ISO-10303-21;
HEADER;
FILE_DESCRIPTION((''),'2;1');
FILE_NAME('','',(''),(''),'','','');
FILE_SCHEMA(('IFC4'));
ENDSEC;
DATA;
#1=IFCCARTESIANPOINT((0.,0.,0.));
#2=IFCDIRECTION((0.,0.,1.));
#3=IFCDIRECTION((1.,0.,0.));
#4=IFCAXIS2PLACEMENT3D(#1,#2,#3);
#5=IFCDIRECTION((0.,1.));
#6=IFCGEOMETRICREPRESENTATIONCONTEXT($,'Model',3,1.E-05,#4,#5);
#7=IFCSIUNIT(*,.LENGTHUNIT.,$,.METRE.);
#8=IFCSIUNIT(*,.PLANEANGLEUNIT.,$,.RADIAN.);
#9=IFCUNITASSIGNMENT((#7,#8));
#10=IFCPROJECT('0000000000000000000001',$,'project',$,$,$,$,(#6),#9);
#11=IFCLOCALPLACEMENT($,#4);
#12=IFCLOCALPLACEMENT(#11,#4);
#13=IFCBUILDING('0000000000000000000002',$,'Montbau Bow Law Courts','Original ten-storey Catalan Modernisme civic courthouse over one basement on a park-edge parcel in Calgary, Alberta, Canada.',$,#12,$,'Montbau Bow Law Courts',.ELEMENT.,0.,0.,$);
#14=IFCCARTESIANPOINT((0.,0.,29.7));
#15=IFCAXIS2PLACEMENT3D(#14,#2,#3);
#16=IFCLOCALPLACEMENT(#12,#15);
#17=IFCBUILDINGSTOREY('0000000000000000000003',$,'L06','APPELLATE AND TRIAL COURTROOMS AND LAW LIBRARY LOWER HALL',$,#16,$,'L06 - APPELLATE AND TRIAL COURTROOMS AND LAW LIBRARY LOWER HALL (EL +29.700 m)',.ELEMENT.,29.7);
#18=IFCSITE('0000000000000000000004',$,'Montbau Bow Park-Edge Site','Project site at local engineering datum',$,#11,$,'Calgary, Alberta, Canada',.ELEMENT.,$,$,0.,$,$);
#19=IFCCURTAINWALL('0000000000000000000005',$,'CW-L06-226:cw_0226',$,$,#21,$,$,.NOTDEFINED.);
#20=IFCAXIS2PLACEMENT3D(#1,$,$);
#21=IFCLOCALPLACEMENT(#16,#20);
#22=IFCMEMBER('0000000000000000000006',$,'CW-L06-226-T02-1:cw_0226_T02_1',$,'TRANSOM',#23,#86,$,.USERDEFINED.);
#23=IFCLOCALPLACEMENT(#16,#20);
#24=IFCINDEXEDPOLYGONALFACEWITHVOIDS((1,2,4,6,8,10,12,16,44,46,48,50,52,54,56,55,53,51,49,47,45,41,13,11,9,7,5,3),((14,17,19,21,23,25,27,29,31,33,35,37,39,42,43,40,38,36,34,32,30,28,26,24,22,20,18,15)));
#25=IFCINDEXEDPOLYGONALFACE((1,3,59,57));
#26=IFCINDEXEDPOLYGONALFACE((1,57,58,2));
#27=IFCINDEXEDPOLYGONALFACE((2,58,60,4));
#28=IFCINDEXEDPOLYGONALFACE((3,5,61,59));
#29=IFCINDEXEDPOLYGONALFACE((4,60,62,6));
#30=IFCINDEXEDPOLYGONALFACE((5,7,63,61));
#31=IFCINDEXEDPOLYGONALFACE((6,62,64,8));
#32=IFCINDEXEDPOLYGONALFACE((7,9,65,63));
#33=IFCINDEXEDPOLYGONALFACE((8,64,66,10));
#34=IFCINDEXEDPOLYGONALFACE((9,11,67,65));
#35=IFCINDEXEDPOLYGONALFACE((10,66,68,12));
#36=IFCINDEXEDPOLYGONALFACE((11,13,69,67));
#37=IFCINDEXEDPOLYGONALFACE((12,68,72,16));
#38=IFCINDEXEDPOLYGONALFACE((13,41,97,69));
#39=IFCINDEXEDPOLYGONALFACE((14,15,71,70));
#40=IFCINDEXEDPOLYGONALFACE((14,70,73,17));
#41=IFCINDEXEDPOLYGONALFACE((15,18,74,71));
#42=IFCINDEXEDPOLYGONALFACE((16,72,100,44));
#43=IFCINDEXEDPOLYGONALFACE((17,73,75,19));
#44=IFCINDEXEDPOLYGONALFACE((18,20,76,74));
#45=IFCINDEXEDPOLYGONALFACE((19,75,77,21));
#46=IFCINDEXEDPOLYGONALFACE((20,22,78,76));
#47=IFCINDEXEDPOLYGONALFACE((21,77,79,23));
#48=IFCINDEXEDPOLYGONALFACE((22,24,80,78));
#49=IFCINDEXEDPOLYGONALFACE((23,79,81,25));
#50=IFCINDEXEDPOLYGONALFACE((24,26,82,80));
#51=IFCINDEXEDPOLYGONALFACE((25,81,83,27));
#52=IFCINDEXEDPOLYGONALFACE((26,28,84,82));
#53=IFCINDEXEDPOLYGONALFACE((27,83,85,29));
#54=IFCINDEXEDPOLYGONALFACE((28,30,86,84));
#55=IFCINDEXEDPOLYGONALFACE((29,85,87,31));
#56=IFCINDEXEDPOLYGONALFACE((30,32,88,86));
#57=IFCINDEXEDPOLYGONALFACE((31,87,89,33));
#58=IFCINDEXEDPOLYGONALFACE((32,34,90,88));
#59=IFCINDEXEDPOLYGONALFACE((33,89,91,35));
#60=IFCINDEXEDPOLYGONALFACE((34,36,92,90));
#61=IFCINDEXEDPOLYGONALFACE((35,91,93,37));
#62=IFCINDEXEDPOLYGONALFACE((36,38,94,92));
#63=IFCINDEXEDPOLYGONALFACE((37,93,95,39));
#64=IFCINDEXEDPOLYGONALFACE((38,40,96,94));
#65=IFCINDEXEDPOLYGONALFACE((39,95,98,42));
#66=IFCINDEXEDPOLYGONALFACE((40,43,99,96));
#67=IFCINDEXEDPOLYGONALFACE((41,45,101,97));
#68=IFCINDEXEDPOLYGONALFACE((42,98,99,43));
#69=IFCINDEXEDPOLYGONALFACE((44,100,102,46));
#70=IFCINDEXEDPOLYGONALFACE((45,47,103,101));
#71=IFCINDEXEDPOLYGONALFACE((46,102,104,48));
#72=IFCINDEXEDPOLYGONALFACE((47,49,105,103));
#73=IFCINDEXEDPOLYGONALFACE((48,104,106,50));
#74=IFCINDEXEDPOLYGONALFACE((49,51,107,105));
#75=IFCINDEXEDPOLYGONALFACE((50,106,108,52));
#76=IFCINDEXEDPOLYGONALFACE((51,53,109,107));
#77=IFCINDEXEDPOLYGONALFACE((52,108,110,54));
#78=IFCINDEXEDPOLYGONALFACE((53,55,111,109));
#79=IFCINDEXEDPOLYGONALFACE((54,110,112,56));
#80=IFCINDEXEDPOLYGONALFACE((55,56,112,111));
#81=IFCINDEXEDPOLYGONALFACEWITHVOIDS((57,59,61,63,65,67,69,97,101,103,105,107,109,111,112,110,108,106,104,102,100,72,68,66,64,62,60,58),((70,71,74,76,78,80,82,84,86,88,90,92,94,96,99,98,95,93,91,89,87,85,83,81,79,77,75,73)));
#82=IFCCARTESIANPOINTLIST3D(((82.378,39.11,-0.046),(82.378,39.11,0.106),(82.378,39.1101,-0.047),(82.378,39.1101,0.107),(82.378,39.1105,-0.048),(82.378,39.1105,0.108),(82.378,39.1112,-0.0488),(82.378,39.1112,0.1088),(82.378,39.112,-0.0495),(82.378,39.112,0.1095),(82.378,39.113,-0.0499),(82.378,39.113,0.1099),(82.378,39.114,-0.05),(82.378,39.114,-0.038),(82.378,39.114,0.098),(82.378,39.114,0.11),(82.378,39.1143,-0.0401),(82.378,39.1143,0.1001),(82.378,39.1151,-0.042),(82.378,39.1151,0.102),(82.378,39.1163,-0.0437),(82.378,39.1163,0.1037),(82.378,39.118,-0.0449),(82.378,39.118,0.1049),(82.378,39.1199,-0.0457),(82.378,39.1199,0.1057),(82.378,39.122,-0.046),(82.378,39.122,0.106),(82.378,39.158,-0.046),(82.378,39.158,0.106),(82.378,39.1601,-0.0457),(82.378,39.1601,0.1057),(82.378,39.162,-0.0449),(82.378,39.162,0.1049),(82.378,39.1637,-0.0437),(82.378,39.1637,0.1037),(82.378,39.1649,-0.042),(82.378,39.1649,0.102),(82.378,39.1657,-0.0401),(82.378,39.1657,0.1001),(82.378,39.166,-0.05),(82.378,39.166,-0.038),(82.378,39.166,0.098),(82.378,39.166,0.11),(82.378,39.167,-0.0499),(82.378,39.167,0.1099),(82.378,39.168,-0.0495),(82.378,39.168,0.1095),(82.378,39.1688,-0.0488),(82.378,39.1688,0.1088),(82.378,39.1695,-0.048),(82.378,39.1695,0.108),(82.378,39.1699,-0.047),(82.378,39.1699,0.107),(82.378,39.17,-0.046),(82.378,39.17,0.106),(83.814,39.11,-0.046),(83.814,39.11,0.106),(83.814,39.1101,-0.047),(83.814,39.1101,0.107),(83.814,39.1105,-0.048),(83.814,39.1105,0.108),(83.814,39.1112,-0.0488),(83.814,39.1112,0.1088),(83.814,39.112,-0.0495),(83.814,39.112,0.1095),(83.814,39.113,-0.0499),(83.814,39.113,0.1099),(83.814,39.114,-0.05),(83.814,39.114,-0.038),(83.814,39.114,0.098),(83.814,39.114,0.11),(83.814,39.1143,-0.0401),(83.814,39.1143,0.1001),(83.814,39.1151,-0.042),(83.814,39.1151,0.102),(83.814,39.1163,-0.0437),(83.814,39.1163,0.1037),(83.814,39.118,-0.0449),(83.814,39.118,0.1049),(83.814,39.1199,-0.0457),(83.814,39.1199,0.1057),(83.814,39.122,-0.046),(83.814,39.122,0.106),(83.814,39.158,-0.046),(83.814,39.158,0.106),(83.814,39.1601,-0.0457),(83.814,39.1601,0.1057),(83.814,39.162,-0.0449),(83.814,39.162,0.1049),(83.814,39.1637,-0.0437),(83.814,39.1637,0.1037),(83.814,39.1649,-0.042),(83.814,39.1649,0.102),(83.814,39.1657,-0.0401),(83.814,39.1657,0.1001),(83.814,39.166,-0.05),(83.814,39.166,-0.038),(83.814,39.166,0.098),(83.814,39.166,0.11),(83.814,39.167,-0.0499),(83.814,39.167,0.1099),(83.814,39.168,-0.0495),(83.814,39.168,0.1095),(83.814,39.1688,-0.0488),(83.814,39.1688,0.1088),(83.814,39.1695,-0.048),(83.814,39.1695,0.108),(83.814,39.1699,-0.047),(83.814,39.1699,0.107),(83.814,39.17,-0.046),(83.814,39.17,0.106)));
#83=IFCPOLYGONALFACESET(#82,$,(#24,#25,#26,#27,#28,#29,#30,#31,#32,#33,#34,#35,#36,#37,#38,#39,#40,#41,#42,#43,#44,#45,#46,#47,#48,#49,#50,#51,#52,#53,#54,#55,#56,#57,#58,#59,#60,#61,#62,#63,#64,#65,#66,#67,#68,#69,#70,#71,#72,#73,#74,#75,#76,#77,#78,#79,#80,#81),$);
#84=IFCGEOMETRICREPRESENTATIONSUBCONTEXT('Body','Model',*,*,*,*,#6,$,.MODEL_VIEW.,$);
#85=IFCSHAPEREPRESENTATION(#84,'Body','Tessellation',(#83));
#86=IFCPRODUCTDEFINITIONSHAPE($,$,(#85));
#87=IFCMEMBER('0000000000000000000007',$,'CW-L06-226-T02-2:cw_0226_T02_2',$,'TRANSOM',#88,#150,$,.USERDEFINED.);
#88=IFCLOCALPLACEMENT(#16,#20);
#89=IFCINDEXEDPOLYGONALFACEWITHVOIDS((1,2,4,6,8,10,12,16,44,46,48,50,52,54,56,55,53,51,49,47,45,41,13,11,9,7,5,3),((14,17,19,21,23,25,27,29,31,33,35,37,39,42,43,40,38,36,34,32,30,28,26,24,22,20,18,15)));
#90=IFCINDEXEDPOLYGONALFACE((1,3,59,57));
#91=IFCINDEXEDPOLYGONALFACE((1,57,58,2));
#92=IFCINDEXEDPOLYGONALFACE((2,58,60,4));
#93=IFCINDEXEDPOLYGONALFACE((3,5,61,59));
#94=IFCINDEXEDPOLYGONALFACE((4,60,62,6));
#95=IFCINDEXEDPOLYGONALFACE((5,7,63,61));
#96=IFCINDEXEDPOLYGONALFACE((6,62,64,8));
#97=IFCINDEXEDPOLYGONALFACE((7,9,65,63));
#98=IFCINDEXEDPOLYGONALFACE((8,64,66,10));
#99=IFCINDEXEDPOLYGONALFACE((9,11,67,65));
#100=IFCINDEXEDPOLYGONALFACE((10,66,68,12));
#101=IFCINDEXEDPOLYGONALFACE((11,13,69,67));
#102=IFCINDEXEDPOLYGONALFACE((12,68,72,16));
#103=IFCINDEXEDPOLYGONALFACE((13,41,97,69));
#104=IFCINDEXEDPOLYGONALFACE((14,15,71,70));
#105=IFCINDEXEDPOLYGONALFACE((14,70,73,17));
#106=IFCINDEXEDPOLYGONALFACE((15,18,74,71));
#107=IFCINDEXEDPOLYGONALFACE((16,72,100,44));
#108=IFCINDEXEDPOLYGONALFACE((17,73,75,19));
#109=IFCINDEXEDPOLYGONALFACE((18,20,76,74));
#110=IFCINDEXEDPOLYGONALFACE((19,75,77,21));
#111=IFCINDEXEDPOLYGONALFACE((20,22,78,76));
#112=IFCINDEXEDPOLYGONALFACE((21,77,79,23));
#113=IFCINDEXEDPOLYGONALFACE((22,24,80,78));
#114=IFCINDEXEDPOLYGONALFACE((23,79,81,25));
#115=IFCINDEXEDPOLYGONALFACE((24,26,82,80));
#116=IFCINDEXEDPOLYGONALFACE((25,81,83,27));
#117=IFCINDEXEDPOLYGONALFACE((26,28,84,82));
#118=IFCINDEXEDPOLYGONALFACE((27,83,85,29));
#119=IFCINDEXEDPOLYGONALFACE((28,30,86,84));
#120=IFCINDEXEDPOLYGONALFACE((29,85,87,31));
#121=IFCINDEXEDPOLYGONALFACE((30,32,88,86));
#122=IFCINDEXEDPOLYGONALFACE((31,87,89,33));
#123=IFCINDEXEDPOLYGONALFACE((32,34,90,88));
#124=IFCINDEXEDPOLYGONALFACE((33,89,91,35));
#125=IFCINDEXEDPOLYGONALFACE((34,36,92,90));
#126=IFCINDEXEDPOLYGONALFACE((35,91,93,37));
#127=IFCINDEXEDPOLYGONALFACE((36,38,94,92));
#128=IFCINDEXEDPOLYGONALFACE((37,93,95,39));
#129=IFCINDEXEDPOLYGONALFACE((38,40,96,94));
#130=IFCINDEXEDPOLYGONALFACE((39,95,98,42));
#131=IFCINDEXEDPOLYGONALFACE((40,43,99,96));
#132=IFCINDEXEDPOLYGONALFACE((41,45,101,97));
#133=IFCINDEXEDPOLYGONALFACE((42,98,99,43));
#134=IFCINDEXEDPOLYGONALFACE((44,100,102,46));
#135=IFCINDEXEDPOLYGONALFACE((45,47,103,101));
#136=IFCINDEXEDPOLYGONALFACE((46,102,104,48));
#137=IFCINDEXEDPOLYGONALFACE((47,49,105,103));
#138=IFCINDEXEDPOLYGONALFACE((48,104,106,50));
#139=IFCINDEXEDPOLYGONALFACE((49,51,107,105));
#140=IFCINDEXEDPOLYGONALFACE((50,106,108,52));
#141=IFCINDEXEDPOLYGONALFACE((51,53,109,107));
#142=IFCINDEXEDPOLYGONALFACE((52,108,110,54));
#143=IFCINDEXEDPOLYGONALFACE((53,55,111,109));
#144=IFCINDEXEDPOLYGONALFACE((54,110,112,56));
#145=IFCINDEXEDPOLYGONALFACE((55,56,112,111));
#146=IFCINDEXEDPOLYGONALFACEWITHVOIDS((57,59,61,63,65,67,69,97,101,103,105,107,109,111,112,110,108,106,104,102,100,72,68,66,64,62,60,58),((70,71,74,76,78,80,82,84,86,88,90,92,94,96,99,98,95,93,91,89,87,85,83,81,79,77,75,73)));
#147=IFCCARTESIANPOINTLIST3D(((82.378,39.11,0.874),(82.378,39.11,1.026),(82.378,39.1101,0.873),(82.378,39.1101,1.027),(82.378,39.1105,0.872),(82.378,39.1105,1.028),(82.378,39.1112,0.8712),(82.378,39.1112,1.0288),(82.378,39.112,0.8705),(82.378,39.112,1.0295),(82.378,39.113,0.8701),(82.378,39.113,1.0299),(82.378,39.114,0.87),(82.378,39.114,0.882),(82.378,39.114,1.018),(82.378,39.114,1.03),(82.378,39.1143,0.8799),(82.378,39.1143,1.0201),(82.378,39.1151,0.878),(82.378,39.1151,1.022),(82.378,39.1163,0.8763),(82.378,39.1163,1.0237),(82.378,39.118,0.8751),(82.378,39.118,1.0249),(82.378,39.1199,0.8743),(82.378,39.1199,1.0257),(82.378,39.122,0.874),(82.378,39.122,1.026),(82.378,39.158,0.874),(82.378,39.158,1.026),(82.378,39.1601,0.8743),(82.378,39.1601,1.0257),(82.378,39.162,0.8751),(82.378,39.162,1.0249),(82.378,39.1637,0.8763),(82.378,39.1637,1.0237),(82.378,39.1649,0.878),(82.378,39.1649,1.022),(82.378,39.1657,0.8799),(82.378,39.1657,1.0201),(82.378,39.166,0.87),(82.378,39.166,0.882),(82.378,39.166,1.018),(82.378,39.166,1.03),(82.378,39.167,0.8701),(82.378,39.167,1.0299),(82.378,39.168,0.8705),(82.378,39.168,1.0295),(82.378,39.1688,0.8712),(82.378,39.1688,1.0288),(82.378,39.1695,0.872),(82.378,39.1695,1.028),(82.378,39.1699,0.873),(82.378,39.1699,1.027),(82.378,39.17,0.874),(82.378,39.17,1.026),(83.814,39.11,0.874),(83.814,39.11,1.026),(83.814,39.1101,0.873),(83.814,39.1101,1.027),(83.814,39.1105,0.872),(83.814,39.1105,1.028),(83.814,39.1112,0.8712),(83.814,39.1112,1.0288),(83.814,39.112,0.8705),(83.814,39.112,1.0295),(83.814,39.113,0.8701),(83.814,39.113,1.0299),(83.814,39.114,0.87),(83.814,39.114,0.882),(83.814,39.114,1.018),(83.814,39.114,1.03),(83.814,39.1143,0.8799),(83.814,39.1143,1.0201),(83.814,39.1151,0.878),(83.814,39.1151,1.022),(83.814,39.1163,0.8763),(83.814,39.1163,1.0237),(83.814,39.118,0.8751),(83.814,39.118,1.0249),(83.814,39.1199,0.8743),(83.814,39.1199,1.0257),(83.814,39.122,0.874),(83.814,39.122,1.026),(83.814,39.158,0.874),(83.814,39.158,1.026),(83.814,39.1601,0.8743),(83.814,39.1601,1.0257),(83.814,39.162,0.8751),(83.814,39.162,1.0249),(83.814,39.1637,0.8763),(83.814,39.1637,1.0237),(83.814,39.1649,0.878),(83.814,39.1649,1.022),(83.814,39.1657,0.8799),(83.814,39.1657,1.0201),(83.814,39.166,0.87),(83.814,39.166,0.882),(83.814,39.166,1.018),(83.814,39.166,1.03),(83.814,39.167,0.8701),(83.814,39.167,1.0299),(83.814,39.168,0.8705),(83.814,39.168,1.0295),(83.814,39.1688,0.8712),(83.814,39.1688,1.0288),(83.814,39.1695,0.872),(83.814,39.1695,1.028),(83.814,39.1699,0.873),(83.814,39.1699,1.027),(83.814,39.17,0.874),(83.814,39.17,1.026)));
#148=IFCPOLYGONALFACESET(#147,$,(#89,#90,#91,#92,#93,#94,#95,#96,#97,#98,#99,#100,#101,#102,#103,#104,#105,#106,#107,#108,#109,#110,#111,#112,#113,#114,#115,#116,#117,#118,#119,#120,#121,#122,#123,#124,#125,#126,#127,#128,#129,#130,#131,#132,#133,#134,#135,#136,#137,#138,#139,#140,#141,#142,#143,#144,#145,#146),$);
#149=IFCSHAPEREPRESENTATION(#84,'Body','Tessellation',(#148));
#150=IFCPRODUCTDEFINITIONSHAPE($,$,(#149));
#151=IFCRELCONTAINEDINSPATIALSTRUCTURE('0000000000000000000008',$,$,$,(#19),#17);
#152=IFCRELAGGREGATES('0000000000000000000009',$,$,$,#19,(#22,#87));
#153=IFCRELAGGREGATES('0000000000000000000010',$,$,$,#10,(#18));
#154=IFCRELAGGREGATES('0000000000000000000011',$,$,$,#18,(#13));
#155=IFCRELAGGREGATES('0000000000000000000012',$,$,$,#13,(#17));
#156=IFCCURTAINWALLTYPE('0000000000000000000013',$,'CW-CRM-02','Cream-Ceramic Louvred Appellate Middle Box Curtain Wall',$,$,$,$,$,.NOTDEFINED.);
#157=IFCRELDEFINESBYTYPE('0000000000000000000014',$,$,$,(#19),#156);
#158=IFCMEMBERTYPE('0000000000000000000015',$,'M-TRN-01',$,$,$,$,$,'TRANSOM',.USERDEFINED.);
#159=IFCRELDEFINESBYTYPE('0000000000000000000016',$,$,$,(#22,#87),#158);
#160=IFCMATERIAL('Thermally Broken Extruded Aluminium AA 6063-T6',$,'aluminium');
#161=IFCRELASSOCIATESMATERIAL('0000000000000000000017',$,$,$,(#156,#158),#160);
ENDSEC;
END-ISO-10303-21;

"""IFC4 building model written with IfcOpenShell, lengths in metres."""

from ifc_helpers import new_model, si_unit, direction, frame, origin_with_axes, origin_2d_with_axis, place, context, subcontext, project, spatial, hollow_rectangle, extrude, material, material_profile, profile_set, type_object, element, aggregate, save


model = new_model("IFC4")

# Units and contexts
model_context = context("Model", 3, precision=1e-05, world=origin_with_axes(), true_north=direction((0.0, 1.0)))
body_context = subcontext(model_context, "Body", "Model", "MODEL_VIEW")
ifc_project = project(units=[si_unit("LENGTHUNIT", "METRE"), si_unit("PLANEANGLEUNIT", "RADIAN")], contexts=[model_context])

# Site, building, storey
site_placement = place(None, origin_with_axes())
site = spatial("IfcSite", under=ifc_project, at=site_placement, Name="Montbau Bow Park-Edge Site", Description="Project site at local engineering datum", LongName="Calgary, Alberta, Canada", CompositionType="ELEMENT", RefElevation=0.0)
building_placement = place(site_placement, origin_with_axes())
building = spatial("IfcBuilding", under=site, at=building_placement, Name="Montbau Bow Law Courts", Description="Original ten-storey Catalan Modernisme civic courthouse over one basement on a park-edge parcel in Calgary, Alberta, Canada.", LongName="Montbau Bow Law Courts", CompositionType="ELEMENT", ElevationOfRefHeight=0.0, ElevationOfTerrain=0.0)
storey_placement = place(building_placement, frame((0.0, 0.0, 29.7), z_axis=(0.0, 0.0, 1.0), x_axis=(1.0, 0.0, 0.0)))
storey = spatial("IfcBuildingStorey", under=building, at=storey_placement, Name="L06", Description="APPELLATE AND TRIAL COURTROOMS AND LAW LIBRARY LOWER HALL", LongName="L06 - APPELLATE AND TRIAL COURTROOMS AND LAW LIBRARY LOWER HALL (EL +29.700 m)", CompositionType="ELEMENT", Elevation=29.7)

# Shared definitions
ifc_material_1 = material(Name="Thermally Broken Extruded Aluminium AA 6063-T6", Category="aluminium")
curtain_wall_type = type_object("IfcCurtainWallType", Name="CW-CRM-02", Description="Cream-Ceramic Louvred Appellate Middle Box Curtain Wall", PredefinedType="NOTDEFINED", material=ifc_material_1)

# Curtain wall, members
curtain_wall_1_placement = place(None, frame((80.84, 39.14, 29.7), z_axis=(0.0, 0.0, 1.0), x_axis=(1.0, 0.0, 0.0)))
curtain_wall_1 = element("IfcCurtainWall", 1, at=curtain_wall_1_placement, inside=storey, type_object=curtain_wall_type, Name="CW-L06-226:cw_0226", PredefinedType="NOTDEFINED")
ifc_material_profile_1 = material_profile(ifc_material_1, hollow_rectangle(XDim=0.06, YDim=0.16, WallThickness=0.004, InnerFilletRadius=0.008, OuterFilletRadius=0.004, at=origin_2d_with_axis()), Name="CWT-160X60", Category="Main", Priority=0)
ifc_profile_set_1 = profile_set([ifc_material_profile_1], Name="Thermally Broken Extruded Aluminium AA 6063-T6")
member_type_1 = type_object("IfcMemberType", Name="M-TRN-01", ElementType="TRANSOM", PredefinedType="USERDEFINED", material=ifc_profile_set_1)
member_1_placement = place(None, frame((82.378, 39.14, 29.73), z_axis=(1.0, 0.0, 0.0), x_axis=(0.0, 1.0, 0.0)))
member_1 = element("IfcMember", 2, at=member_1_placement, type_object=member_type_1, Name="CW-L06-226-T02-1:cw_0226_T02_1", ObjectType="TRANSOM", PredefinedType="USERDEFINED", context=body_context, shape_type="SweptSolid", body=[
    extrude(hollow_rectangle(XDim=0.06, YDim=0.16, WallThickness=0.004, InnerFilletRadius=0.008, OuterFilletRadius=0.004, at=origin_2d_with_axis()), origin_with_axes(), (0.0, 0.0, 1.0), 1.436),
])
member_2_placement = place(None, frame((82.378, 39.14, 30.65), z_axis=(1.0, 0.0, 0.0), x_axis=(0.0, 1.0, 0.0)))
member_2 = element("IfcMember", 3, at=member_2_placement, type_object=member_type_1, Name="CW-L06-226-T02-2:cw_0226_T02_2", ObjectType="TRANSOM", PredefinedType="USERDEFINED", context=body_context, shape_type="SweptSolid", body=[
    extrude(hollow_rectangle(XDim=0.06, YDim=0.16, WallThickness=0.004, InnerFilletRadius=0.008, OuterFilletRadius=0.004, at=origin_2d_with_axis()), origin_with_axes(), (0.0, 0.0, 1.0), 1.436),
])

aggregate(curtain_wall_1, [member_1, member_2])

save(model, "model.ifc")
